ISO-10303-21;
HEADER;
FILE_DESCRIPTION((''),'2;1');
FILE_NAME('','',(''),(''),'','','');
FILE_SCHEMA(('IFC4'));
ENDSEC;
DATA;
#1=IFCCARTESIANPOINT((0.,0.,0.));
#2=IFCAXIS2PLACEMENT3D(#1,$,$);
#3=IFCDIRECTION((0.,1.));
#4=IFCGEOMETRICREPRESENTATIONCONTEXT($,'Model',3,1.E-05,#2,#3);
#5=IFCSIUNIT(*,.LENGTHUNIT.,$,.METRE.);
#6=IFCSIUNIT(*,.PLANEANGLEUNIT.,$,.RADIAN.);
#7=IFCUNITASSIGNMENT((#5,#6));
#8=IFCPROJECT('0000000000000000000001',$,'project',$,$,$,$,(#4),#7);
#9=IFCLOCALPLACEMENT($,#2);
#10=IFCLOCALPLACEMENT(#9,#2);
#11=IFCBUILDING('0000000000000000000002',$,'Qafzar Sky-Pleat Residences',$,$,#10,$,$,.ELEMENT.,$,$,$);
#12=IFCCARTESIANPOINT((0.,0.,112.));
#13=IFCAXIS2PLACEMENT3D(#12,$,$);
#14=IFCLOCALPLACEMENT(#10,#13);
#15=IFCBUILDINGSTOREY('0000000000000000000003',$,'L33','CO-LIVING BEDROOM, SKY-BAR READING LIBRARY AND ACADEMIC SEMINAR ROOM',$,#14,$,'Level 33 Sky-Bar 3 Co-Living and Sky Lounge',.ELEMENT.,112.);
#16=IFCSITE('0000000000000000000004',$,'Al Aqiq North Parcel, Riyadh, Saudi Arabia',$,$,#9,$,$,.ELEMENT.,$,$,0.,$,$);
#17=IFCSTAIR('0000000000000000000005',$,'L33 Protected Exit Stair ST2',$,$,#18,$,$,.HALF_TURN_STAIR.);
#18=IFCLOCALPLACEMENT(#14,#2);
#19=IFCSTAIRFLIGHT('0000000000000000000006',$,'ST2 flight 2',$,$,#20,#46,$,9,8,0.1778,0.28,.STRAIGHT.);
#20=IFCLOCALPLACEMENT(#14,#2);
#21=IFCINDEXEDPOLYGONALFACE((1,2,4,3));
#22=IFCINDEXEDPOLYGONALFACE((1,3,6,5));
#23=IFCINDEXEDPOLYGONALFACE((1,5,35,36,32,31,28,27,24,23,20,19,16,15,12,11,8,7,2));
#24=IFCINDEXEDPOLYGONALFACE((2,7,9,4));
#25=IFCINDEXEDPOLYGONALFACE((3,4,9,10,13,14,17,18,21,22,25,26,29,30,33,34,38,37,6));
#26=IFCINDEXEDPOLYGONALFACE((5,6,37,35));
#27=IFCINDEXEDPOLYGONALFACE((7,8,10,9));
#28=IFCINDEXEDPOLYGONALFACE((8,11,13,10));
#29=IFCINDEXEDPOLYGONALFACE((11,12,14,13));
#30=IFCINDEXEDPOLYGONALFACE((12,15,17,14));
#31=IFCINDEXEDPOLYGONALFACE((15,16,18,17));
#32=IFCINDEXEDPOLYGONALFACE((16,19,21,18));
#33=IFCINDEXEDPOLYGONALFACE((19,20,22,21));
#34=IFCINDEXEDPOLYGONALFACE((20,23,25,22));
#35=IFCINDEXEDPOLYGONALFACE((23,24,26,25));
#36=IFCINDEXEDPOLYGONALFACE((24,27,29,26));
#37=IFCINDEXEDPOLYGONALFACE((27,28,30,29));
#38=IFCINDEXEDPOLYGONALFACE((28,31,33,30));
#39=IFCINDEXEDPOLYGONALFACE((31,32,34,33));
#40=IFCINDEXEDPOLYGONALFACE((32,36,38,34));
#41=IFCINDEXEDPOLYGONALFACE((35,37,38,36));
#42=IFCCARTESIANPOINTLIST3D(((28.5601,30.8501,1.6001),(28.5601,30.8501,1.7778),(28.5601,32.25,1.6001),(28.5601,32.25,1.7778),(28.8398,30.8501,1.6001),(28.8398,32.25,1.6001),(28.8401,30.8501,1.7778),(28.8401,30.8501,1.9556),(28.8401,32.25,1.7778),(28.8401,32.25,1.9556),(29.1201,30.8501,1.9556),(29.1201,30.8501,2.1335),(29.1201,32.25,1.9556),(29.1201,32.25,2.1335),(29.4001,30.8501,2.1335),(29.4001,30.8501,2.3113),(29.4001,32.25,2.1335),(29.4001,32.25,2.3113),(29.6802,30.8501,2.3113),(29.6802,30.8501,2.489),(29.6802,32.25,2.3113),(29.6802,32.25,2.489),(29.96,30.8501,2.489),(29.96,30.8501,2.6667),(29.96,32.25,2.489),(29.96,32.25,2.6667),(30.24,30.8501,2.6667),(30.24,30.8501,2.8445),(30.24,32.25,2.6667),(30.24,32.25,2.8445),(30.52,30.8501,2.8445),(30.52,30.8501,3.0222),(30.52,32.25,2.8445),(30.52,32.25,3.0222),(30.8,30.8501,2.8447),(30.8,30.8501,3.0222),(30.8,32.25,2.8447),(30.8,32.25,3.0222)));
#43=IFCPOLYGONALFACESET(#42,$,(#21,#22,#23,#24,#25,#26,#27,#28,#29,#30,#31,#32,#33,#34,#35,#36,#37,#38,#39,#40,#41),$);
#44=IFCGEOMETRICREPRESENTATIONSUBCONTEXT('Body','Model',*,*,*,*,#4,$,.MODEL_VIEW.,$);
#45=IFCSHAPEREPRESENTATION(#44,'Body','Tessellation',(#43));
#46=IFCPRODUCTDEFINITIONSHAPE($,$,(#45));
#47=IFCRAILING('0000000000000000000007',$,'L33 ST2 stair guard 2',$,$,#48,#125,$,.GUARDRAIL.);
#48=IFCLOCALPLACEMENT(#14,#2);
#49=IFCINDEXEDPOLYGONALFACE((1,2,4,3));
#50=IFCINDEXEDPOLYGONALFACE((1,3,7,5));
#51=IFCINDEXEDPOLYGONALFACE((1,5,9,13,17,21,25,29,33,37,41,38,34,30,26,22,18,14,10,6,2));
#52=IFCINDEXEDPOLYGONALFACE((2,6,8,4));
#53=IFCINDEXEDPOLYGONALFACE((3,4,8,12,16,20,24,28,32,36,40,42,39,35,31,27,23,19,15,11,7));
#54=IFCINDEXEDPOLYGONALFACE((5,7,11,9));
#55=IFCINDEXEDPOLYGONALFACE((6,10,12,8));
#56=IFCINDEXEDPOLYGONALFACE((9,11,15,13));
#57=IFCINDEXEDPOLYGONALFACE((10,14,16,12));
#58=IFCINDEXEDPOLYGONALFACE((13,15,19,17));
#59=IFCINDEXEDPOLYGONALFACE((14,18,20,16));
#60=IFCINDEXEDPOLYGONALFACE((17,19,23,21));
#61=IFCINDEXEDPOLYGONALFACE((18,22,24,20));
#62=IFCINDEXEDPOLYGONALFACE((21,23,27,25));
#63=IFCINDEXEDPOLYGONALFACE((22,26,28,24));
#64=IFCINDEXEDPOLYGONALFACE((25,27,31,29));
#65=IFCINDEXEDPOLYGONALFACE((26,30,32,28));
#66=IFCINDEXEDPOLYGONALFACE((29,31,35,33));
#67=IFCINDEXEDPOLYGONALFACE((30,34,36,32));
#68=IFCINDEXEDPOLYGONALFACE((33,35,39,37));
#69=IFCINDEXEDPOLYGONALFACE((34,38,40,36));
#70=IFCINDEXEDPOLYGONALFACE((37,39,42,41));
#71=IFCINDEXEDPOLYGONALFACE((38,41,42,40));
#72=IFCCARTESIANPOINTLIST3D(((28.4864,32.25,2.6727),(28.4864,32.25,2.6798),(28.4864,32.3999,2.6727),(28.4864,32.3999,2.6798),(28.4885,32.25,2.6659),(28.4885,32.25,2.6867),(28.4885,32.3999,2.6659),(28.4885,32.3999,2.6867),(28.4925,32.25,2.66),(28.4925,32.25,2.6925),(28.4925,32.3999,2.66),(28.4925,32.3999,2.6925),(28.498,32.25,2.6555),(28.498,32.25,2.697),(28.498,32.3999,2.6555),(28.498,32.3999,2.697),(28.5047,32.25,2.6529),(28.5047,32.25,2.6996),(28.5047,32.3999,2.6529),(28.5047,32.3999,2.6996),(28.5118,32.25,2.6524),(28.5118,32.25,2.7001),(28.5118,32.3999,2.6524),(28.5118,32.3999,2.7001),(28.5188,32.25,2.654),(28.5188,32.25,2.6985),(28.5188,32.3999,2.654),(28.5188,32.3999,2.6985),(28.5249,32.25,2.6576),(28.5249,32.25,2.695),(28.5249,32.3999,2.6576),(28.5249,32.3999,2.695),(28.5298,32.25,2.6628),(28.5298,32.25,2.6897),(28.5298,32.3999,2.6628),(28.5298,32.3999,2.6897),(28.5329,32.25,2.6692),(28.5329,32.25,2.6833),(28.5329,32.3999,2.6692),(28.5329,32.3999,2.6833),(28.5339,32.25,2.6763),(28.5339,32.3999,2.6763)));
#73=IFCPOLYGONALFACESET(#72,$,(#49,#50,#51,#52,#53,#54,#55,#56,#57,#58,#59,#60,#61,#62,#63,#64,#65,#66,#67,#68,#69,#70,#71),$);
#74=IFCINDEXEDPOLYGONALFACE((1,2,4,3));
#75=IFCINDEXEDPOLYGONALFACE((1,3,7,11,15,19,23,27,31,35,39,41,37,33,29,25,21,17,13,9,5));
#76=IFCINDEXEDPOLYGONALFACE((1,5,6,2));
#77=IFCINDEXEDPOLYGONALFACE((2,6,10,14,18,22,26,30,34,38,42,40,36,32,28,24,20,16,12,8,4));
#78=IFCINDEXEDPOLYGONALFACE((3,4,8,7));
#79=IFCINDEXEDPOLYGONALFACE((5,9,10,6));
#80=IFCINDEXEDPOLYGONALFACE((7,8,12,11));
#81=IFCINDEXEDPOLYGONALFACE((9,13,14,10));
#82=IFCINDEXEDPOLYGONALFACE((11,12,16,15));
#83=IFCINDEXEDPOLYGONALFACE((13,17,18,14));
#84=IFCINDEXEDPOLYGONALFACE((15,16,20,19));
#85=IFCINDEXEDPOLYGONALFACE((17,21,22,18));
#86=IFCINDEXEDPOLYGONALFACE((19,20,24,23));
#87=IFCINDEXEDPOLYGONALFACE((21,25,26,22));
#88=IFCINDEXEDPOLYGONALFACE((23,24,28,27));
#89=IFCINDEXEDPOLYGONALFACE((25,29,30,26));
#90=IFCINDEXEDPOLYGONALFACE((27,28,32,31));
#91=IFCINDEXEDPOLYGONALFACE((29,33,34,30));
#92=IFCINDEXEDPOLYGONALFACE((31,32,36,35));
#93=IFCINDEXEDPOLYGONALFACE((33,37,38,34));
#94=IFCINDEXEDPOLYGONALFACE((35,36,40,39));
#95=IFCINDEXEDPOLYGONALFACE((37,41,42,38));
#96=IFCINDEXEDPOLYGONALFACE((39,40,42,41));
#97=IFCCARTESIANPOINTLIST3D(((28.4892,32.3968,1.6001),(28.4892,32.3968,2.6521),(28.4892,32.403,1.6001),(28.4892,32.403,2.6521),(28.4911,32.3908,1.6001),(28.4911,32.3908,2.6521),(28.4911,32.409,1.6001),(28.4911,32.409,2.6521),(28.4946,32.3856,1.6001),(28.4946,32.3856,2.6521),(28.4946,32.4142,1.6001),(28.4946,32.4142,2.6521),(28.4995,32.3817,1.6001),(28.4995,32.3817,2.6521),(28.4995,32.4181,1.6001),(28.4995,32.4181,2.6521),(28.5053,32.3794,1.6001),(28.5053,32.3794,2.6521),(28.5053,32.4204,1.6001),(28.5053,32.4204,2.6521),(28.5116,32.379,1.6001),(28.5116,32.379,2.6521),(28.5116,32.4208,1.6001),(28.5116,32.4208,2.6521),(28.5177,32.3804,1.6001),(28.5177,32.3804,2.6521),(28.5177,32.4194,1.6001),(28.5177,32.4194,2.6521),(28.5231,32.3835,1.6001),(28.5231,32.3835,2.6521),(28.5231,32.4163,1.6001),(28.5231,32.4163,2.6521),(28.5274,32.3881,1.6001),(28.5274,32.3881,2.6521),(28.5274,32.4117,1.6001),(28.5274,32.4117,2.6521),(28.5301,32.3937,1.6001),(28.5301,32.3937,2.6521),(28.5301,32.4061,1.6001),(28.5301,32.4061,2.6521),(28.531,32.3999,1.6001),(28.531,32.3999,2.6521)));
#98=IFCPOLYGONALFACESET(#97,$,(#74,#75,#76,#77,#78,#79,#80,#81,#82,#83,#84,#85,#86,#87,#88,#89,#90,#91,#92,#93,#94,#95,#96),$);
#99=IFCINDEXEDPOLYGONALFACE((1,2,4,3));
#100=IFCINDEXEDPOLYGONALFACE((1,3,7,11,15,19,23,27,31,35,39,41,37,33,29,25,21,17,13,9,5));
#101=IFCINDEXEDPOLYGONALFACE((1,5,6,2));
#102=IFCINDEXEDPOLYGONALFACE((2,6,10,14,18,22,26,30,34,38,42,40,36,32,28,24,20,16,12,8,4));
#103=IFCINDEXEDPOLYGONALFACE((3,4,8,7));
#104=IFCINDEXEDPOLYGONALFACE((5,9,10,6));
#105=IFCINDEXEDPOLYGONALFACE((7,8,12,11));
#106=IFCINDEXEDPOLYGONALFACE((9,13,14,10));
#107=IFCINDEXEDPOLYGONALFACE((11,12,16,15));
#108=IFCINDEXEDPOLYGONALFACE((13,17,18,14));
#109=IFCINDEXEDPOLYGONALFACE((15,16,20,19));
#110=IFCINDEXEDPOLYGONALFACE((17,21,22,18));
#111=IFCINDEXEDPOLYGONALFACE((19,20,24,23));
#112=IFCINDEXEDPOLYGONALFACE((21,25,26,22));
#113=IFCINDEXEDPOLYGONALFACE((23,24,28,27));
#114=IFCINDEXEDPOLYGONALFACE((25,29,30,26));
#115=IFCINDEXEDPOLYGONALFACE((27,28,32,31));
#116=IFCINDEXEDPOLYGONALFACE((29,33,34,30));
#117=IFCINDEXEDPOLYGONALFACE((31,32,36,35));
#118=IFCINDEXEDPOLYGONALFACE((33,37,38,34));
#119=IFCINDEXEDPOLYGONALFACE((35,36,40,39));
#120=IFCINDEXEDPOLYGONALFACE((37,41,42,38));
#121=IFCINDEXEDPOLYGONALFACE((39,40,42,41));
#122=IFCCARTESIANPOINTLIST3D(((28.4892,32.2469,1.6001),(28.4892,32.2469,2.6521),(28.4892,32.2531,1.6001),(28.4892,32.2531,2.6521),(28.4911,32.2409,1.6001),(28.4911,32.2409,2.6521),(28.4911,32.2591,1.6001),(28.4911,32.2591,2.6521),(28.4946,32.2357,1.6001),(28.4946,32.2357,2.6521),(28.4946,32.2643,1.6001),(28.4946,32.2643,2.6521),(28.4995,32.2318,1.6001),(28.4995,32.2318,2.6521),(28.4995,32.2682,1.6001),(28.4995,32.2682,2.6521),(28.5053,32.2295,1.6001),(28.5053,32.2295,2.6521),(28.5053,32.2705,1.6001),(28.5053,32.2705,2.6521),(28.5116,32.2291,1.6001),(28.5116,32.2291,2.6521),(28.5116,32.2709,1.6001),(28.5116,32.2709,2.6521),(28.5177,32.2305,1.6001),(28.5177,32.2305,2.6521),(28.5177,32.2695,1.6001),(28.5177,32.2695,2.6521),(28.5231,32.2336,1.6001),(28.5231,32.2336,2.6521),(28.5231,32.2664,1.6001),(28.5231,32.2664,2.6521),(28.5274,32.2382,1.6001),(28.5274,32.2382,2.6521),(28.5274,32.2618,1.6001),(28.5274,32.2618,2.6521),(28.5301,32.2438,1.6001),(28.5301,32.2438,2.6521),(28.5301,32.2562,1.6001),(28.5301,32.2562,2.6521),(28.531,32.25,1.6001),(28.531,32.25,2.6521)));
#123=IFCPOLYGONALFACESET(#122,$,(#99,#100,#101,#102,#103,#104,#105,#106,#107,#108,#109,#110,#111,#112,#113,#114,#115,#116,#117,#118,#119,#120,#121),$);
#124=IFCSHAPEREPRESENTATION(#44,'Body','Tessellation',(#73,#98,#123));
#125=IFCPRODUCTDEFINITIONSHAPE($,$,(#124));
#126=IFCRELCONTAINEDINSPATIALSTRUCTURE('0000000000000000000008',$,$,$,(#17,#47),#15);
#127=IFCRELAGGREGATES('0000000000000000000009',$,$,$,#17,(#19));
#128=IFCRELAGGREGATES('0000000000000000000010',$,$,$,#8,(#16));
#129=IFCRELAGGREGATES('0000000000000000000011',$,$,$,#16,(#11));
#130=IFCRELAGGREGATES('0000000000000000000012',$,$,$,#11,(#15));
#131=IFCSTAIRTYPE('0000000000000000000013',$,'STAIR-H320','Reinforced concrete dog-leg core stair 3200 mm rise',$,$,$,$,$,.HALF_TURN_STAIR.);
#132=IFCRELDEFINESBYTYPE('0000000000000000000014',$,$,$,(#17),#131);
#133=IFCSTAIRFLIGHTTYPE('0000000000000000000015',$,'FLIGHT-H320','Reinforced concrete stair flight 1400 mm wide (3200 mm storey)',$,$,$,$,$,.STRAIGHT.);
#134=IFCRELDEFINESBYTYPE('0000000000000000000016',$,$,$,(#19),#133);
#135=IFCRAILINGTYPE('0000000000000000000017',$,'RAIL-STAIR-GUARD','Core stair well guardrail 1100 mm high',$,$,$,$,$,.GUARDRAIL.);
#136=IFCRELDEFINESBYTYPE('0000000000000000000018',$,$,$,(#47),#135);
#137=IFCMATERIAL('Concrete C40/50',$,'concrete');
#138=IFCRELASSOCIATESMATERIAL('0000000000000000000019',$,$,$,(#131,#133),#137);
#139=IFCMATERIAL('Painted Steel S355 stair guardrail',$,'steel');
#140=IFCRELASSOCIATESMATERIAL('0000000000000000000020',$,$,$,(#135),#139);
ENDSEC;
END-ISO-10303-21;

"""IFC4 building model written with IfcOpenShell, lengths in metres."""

from ifc_helpers import new_model, si_unit, direction, frame, origin, origin_2d, place, context, subcontext, project, spatial, polyline, circle, outline, extrude, source, transform, mapped, material, type_object, element, aggregate, save


model = new_model("IFC4")

# Units and contexts
model_context = context("Model", 3, precision=1e-05, world=origin(), true_north=direction((0.0, 1.0)))
body_context = subcontext(model_context, "Body", "Model", "MODEL_VIEW")
ifc_project = project(units=[si_unit("LENGTHUNIT", "METRE"), si_unit("PLANEANGLEUNIT", "RADIAN")], contexts=[model_context])

# Site, building, storey
site_placement = place(None, origin())
site = spatial("IfcSite", under=ifc_project, at=site_placement, Name="Al Aqiq North Parcel, Riyadh, Saudi Arabia", CompositionType="ELEMENT", RefElevation=0.0)
building_placement = place(site_placement, origin())
building = spatial("IfcBuilding", under=site, at=building_placement, Name="Qafzar Sky-Pleat Residences", CompositionType="ELEMENT")
storey_placement = place(building_placement, frame((0.0, 0.0, 112.0)))
storey = spatial("IfcBuildingStorey", under=building, at=storey_placement, Name="L33", Description="CO-LIVING BEDROOM, SKY-BAR READING LIBRARY AND ACADEMIC SEMINAR ROOM", LongName="Level 33 Sky-Bar 3 Co-Living and Sky Lounge", CompositionType="ELEMENT", Elevation=112.0)

# Stair, stair flight
ifc_material_1 = material(Name="Concrete C40/50", Category="concrete")
stair_type = type_object("IfcStairType", Name="STAIR-H320", Description="Reinforced concrete dog-leg core stair 3200 mm rise", PredefinedType="HALF_TURN_STAIR", material=ifc_material_1)
stair_placement = place(storey_placement, origin())
stair = element("IfcStair", 1, at=stair_placement, inside=storey, type_object=stair_type, Name="L33 Protected Exit Stair ST2", PredefinedType="HALF_TURN_STAIR")
stair_flight_type = type_object("IfcStairFlightType", Name="FLIGHT-H320", Description="Reinforced concrete stair flight 1400 mm wide (3200 mm storey)", PredefinedType="STRAIGHT", material=ifc_material_1)
shared_shape_1 = source(origin(), body_context, "Body", "SweptSolid", [
    extrude(outline(polyline([(0.0, 0.0), (0.0, 0.1777), (0.28, 0.1777), (0.28, 0.3555), (0.5601, 0.3555), (0.5601, 0.5334), (0.8401, 0.5334), (0.8401, 0.7112), (1.1201, 0.7112), (1.1201, 0.8889), (1.3999, 0.8889), (1.3999, 1.0667), (1.6799, 1.0667), (1.6799, 1.2444), (1.96, 1.2444), (1.96, 1.4221), (2.24, 1.4221), (2.24, 1.6001), (2.24, 1.2446), (0.2798, 0.0), (0.0, 0.0)])), frame((0.0, 0.7, 0.0), z_axis=(0.0, -1.0, 0.0), x_axis=(1.0, 0.0, 0.0)), (0.0, 0.0, 1.0), 1.3999),
])
stair_flight_placement = place(storey_placement, frame((28.5601, 31.55, 1.6001), z_axis=(0.0, 0.0, 1.0), x_axis=(1.0, 0.0, 0.0)))
stair_flight = element("IfcStairFlight", 2, at=stair_flight_placement, type_object=stair_flight_type, Name="ST2 flight 2", NumberOfRisers=9, NumberOfTreads=8, PredefinedType="STRAIGHT", RiserHeight=0.1778, TreadLength=0.28, context=body_context, shape_type="MappedRepresentation", body=[
    mapped(shared_shape_1, transform((0.0, 0.0, 0.0), x_axis=(1.0, 0.0, 0.0), y_axis=(0.0, 1.0, 0.0), z_axis=(0.0, 0.0, 1.0), scale=1.0)),
])
aggregate(stair, [stair_flight])

# Railing
ifc_material_2 = material(Name="Painted Steel S355 stair guardrail", Category="steel")
railing_type_1 = type_object("IfcRailingType", Name="RAIL-STAIR-GUARD", Description="Core stair well guardrail 1100 mm high", PredefinedType="GUARDRAIL", material=ifc_material_2)
shared_shape_2 = source(origin(), body_context, "Body", "SweptSolid", [
    extrude(circle(Radius=0.0239, at=origin_2d()), frame((0.0, 0.0, 1.0762), z_axis=(0.0, -1.0, 0.0), x_axis=(1.0, 0.0, 0.0)), (0.0, 0.0, 1.0), 0.1499),
    extrude(circle(Radius=0.021, at=origin_2d()), origin(), (0.0, 0.0, 1.0), 1.052),
    extrude(circle(Radius=0.021, at=origin_2d()), frame((0.0, -0.1499, 0.0)), (0.0, 0.0, 1.0), 1.052),
])
railing_1_placement = place(storey_placement, frame((28.51, 32.3999, 1.6001)))
element("IfcRailing", 3, at=railing_1_placement, inside=storey, type_object=railing_type_1, Name="L33 ST2 stair guard 2", PredefinedType="GUARDRAIL", context=body_context, shape_type="MappedRepresentation", body=[
    mapped(shared_shape_2, transform((0.0, 0.0, 0.0), x_axis=(1.0, 0.0, 0.0), y_axis=(0.0, 1.0, 0.0), z_axis=(0.0, 0.0, 1.0), scale=1.0)),
])

save(model, "model.ifc")
